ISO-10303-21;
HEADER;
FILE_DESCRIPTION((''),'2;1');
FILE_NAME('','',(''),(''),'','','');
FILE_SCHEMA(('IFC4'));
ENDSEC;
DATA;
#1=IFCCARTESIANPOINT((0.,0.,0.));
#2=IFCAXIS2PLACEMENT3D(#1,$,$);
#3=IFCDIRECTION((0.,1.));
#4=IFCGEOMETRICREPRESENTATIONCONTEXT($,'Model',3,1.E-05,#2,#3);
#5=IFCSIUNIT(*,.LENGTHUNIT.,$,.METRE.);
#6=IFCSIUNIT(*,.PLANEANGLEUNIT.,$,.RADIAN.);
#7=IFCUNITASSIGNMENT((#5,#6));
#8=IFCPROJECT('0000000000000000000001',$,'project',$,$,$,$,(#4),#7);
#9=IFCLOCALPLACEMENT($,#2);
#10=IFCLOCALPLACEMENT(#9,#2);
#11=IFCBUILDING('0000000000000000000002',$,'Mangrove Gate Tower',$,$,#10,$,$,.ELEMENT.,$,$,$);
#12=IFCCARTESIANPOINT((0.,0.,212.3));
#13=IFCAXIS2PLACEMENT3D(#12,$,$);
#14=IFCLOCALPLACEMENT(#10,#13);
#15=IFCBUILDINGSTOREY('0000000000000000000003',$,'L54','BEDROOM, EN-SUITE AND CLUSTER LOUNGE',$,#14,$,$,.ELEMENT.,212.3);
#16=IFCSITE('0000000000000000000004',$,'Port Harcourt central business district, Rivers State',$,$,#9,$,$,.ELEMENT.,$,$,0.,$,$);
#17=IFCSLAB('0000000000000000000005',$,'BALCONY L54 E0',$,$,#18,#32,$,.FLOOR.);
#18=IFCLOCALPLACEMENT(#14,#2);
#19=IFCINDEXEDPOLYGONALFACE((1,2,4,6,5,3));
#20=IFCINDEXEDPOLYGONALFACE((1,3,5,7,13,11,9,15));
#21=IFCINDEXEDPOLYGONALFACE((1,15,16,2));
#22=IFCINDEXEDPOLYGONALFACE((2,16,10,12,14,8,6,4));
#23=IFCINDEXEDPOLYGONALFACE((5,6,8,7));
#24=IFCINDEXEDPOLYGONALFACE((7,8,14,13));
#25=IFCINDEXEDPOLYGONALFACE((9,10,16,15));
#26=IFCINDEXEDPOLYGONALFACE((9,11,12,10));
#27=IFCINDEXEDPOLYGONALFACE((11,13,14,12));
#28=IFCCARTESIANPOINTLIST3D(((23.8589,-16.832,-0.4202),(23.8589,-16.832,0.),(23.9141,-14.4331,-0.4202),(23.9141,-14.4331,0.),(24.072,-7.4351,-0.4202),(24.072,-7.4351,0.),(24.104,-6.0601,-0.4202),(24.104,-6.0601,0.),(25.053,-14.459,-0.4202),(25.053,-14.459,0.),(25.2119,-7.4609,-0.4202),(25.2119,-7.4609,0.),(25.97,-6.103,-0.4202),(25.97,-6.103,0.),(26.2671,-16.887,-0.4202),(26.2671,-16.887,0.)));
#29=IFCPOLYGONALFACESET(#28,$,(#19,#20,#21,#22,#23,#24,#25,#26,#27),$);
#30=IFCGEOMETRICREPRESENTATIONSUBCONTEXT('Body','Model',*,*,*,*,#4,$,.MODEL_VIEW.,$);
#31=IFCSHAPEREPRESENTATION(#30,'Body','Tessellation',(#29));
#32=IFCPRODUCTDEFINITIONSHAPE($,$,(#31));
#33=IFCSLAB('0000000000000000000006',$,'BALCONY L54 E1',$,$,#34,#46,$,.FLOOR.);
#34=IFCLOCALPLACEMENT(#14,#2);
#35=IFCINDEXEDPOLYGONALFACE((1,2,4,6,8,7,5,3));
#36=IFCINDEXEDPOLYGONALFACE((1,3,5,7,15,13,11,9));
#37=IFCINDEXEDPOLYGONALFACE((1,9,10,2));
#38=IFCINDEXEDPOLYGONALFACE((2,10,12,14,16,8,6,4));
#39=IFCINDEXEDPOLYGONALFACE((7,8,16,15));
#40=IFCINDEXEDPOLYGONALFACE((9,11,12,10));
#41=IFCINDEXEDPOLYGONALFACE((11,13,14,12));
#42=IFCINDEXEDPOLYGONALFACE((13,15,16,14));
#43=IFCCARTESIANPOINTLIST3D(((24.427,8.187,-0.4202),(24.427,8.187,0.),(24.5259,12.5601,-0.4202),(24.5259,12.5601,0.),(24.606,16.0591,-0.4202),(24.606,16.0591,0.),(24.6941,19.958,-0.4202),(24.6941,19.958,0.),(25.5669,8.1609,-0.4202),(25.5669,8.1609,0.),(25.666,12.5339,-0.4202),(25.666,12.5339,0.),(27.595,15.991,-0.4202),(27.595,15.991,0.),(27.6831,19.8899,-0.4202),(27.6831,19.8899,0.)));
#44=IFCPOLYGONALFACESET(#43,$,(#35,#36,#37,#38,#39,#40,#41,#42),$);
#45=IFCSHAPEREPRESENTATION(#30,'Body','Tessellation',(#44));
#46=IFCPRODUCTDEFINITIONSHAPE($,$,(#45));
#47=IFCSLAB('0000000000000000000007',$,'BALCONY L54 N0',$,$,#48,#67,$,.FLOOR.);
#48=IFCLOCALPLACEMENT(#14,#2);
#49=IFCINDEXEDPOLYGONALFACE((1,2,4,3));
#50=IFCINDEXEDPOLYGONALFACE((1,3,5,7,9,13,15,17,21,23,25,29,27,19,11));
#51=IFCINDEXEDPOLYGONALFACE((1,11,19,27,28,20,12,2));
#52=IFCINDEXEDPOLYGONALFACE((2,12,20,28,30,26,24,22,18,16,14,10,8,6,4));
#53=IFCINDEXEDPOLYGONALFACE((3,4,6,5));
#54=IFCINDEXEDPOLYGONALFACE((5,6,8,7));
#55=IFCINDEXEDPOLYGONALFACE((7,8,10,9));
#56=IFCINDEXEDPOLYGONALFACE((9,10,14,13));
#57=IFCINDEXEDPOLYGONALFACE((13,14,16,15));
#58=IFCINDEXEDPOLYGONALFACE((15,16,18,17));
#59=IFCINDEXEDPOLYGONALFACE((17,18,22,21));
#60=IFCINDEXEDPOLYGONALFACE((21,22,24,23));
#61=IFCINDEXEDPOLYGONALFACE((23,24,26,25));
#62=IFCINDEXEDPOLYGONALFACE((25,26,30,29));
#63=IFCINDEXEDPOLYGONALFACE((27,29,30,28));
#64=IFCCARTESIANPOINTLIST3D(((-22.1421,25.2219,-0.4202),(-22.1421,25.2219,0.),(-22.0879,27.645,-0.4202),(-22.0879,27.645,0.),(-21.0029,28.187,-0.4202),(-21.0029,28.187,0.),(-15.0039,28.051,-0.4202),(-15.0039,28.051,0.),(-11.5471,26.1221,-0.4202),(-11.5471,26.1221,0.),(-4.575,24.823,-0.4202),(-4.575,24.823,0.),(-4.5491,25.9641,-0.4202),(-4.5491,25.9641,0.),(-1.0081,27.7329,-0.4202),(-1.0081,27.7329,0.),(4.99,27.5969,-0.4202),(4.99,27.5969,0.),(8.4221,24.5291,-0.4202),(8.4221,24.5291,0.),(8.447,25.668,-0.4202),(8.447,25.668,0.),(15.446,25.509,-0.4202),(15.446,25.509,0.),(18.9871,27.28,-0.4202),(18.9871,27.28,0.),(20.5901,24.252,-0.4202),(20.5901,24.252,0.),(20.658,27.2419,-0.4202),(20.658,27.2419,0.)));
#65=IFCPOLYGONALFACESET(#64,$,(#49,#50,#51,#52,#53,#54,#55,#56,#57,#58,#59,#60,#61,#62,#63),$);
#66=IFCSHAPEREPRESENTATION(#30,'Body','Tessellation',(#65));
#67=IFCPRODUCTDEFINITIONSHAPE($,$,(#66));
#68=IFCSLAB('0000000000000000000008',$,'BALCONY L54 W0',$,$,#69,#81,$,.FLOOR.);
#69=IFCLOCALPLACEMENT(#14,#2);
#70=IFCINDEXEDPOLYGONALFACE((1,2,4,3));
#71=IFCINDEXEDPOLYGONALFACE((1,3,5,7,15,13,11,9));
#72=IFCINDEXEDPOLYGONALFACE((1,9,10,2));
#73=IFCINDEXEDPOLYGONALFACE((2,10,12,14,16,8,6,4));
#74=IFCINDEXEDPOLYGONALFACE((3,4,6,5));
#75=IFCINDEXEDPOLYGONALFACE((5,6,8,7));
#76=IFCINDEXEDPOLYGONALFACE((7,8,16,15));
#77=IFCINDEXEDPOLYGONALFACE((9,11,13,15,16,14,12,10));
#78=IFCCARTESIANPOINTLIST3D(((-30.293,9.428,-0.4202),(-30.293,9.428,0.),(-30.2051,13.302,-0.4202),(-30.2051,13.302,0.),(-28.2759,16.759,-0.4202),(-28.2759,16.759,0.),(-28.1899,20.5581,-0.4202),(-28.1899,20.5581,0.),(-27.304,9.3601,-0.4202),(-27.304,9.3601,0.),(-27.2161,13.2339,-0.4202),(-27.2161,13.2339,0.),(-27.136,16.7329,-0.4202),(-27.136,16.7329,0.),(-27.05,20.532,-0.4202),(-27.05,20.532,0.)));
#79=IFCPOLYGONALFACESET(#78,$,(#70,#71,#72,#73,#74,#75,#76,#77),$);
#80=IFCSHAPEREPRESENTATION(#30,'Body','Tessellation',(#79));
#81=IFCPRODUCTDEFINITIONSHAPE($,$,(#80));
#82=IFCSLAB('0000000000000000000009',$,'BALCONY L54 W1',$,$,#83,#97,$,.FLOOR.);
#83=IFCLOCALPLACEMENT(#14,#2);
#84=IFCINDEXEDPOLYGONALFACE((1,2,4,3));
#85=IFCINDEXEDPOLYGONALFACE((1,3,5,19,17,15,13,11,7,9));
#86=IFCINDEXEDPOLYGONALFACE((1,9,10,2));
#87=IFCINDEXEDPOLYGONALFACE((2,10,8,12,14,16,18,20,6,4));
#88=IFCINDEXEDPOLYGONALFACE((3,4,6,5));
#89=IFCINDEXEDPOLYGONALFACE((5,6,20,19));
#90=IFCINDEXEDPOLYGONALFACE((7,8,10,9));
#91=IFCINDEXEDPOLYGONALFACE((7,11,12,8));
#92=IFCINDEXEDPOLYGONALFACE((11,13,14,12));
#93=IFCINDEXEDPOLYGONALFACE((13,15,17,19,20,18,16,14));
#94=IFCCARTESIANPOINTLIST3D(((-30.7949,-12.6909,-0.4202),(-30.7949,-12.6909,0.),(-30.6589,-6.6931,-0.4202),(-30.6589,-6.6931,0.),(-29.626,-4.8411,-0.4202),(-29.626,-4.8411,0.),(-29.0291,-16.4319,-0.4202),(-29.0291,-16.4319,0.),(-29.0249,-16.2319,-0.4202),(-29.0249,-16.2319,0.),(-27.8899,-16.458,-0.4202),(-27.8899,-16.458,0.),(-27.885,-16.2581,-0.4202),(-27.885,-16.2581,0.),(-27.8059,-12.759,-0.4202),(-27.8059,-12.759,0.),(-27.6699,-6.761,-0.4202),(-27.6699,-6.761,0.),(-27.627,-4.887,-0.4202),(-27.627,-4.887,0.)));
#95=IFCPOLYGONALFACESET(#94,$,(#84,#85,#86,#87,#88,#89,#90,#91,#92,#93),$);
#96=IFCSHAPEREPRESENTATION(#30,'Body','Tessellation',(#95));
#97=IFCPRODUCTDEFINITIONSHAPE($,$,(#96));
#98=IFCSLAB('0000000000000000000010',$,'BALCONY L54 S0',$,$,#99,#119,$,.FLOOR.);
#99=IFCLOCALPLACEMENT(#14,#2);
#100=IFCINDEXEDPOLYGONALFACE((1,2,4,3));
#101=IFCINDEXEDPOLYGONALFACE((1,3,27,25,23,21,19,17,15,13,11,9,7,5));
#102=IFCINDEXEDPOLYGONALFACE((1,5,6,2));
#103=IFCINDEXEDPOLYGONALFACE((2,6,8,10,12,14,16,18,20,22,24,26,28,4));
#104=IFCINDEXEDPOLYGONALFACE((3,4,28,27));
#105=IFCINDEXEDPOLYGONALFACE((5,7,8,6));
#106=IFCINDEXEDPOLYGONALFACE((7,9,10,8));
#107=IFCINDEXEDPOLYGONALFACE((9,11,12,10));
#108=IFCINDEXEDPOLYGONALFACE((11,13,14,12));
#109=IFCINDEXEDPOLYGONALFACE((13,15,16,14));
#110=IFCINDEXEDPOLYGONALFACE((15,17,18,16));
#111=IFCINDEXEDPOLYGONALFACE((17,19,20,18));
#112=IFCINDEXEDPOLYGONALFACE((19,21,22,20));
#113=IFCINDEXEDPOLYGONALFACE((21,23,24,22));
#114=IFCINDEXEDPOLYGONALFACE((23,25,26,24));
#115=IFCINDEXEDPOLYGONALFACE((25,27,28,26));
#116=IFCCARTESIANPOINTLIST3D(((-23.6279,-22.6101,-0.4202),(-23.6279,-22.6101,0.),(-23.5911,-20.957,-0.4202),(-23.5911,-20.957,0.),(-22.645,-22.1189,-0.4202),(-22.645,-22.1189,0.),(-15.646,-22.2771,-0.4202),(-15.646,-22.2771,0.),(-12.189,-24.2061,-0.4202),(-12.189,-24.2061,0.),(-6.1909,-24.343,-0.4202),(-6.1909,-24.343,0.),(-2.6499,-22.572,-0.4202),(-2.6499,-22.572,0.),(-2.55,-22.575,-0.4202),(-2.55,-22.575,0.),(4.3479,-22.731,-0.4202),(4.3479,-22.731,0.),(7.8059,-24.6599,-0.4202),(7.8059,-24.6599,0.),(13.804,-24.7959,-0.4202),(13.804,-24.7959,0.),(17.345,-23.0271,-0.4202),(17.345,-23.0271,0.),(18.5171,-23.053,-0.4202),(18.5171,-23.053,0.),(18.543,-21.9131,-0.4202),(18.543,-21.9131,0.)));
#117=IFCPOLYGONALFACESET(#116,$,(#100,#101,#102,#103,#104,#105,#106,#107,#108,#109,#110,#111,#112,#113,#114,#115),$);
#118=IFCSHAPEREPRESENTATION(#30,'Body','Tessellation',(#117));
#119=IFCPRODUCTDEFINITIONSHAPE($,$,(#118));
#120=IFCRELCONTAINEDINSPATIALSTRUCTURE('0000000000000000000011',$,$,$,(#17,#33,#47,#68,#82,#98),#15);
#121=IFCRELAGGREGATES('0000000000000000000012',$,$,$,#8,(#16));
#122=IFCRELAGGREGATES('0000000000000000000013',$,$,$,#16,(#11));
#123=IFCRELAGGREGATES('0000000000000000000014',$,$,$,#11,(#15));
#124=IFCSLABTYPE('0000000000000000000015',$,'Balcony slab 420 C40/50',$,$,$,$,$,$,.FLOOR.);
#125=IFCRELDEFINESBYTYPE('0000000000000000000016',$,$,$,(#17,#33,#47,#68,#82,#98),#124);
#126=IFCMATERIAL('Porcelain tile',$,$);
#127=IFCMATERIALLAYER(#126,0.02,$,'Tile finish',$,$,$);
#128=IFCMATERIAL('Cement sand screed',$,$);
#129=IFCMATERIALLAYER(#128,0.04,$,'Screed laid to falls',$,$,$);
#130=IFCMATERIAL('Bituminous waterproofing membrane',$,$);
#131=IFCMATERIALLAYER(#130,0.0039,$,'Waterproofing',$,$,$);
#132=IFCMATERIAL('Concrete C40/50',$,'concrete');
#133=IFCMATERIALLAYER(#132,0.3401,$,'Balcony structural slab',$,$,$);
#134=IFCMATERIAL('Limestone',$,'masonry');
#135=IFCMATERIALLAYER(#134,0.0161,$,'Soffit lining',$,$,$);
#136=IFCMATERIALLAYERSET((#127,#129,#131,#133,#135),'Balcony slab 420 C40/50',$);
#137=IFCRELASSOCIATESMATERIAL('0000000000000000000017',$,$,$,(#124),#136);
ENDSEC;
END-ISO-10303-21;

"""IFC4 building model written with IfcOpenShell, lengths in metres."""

from ifc_helpers import new_model, si_unit, direction, frame, origin, place, context, subcontext, project, spatial, polyline, outline, extrude, material, layer, layer_set, type_object, element, save


model = new_model("IFC4")

# Units and contexts
model_context = context("Model", 3, precision=1e-05, world=origin(), true_north=direction((0.0, 1.0)))
body_context = subcontext(model_context, "Body", "Model", "MODEL_VIEW")
ifc_project = project(units=[si_unit("LENGTHUNIT", "METRE"), si_unit("PLANEANGLEUNIT", "RADIAN")], contexts=[model_context])

# Site, building, storey
site_placement = place(None, origin())
site = spatial("IfcSite", under=ifc_project, at=site_placement, Name="Port Harcourt central business district, Rivers State", CompositionType="ELEMENT", RefElevation=0.0)
building_placement = place(site_placement, origin())
building = spatial("IfcBuilding", under=site, at=building_placement, Name="Mangrove Gate Tower", CompositionType="ELEMENT")
storey_placement = place(building_placement, frame((0.0, 0.0, 212.3)))
storey = spatial("IfcBuildingStorey", under=building, at=storey_placement, Name="L54", Description="BEDROOM, EN-SUITE AND CLUSTER LOUNGE", CompositionType="ELEMENT", Elevation=212.3)

# Slabs
ifc_material_1 = material(Name="Porcelain tile")
ifc_layer_1 = layer(ifc_material_1, 0.02, Name="Tile finish")
ifc_material_2 = material(Name="Cement sand screed")
ifc_layer_2 = layer(ifc_material_2, 0.04, Name="Screed laid to falls")
ifc_material_3 = material(Name="Bituminous waterproofing membrane")
ifc_layer_3 = layer(ifc_material_3, 0.0039, Name="Waterproofing")
ifc_material_4 = material(Name="Concrete C40/50", Category="concrete")
ifc_layer_4 = layer(ifc_material_4, 0.3401, Name="Balcony structural slab")
ifc_material_5 = material(Name="Limestone", Category="masonry")
ifc_layer_5 = layer(ifc_material_5, 0.0161, Name="Soffit lining")
ifc_layer_set_1 = layer_set([ifc_layer_1, ifc_layer_2, ifc_layer_3, ifc_layer_4, ifc_layer_5], Name="Balcony slab 420 C40/50")
slab_type_1 = type_object("IfcSlabType", Name="Balcony slab 420 C40/50", PredefinedType="FLOOR", material=ifc_layer_set_1)
slab_1_placement = place(storey_placement, frame((0.0, 0.0, -0.4202)))
element("IfcSlab", 1, at=slab_1_placement, inside=storey, type_object=slab_type_1, Name="BALCONY L54 E0", PredefinedType="FLOOR", context=body_context, shape_type="SweptSolid", body=[
    extrude(outline(polyline([(26.2671, -16.887), (25.053, -14.459), (25.2119, -7.4609), (25.97, -6.103), (24.104, -6.0601), (24.072, -7.4351), (23.9141, -14.4331), (23.8589, -16.832), (26.2671, -16.887)])), origin(), (0.0, 0.0, 1.0), 0.4202),
])
slab_2_placement = place(storey_placement, frame((0.0, 0.0, -0.4202)))
element("IfcSlab", 2, at=slab_2_placement, inside=storey, type_object=slab_type_1, Name="BALCONY L54 E1", PredefinedType="FLOOR", context=body_context, shape_type="SweptSolid", body=[
    extrude(outline(polyline([(25.5669, 8.1609), (25.666, 12.5339), (27.595, 15.991), (27.6831, 19.8899), (24.6941, 19.958), (24.606, 16.0591), (24.5259, 12.5601), (24.427, 8.187), (25.5669, 8.1609)])), origin(), (0.0, 0.0, 1.0), 0.4202),
])
slab_3_placement = place(storey_placement, frame((0.0, 0.0, -0.4202)))
element("IfcSlab", 3, at=slab_3_placement, inside=storey, type_object=slab_type_1, Name="BALCONY L54 N0", PredefinedType="FLOOR", context=body_context, shape_type="SweptSolid", body=[
    extrude(outline(polyline([(20.658, 27.2419), (18.9871, 27.28), (15.446, 25.509), (8.447, 25.668), (4.99, 27.5969), (-1.0081, 27.7329), (-4.5491, 25.9641), (-11.5471, 26.1221), (-15.0039, 28.051), (-21.0029, 28.187), (-22.0879, 27.645), (-22.1421, 25.2219), (-4.575, 24.823), (8.4221, 24.5291), (20.5901, 24.252), (20.658, 27.2419)])), origin(), (0.0, 0.0, 1.0), 0.4202),
])
slab_4_placement = place(storey_placement, frame((0.0, 0.0, -0.4202)))
element("IfcSlab", 4, at=slab_4_placement, inside=storey, type_object=slab_type_1, Name="BALCONY L54 W0", PredefinedType="FLOOR", context=body_context, shape_type="SweptSolid", body=[
    extrude(outline(polyline([(-28.1899, 20.5581), (-28.2759, 16.759), (-30.2051, 13.302), (-30.293, 9.428), (-27.304, 9.3601), (-27.2161, 13.2339), (-27.136, 16.7329), (-27.05, 20.532), (-28.1899, 20.5581)])), origin(), (0.0, 0.0, 1.0), 0.4202),
])
slab_5_placement = place(storey_placement, frame((0.0, 0.0, -0.4202)))
element("IfcSlab", 5, at=slab_5_placement, inside=storey, type_object=slab_type_1, Name="BALCONY L54 W1", PredefinedType="FLOOR", context=body_context, shape_type="SweptSolid", body=[
    extrude(outline(polyline([(-29.626, -4.8411), (-30.6589, -6.6931), (-30.7949, -12.6909), (-29.0249, -16.2319), (-29.0291, -16.4319), (-27.8899, -16.458), (-27.885, -16.2581), (-27.8059, -12.759), (-27.6699, -6.761), (-27.627, -4.887), (-29.626, -4.8411)])), origin(), (0.0, 0.0, 1.0), 0.4202),
])
slab_6_placement = place(storey_placement, frame((0.0, 0.0, -0.4202)))
element("IfcSlab", 6, at=slab_6_placement, inside=storey, type_object=slab_type_1, Name="BALCONY L54 S0", PredefinedType="FLOOR", context=body_context, shape_type="SweptSolid", body=[
    extrude(outline(polyline([(-23.6279, -22.6101), (-22.645, -22.1189), (-15.646, -22.2771), (-12.189, -24.2061), (-6.1909, -24.343), (-2.6499, -22.572), (-2.55, -22.575), (4.3479, -22.731), (7.8059, -24.6599), (13.804, -24.7959), (17.345, -23.0271), (18.5171, -23.053), (18.543, -21.9131), (-23.5911, -20.957), (-23.6279, -22.6101)])), origin(), (0.0, 0.0, 1.0), 0.4202),
])

save(model, "model.ifc")
